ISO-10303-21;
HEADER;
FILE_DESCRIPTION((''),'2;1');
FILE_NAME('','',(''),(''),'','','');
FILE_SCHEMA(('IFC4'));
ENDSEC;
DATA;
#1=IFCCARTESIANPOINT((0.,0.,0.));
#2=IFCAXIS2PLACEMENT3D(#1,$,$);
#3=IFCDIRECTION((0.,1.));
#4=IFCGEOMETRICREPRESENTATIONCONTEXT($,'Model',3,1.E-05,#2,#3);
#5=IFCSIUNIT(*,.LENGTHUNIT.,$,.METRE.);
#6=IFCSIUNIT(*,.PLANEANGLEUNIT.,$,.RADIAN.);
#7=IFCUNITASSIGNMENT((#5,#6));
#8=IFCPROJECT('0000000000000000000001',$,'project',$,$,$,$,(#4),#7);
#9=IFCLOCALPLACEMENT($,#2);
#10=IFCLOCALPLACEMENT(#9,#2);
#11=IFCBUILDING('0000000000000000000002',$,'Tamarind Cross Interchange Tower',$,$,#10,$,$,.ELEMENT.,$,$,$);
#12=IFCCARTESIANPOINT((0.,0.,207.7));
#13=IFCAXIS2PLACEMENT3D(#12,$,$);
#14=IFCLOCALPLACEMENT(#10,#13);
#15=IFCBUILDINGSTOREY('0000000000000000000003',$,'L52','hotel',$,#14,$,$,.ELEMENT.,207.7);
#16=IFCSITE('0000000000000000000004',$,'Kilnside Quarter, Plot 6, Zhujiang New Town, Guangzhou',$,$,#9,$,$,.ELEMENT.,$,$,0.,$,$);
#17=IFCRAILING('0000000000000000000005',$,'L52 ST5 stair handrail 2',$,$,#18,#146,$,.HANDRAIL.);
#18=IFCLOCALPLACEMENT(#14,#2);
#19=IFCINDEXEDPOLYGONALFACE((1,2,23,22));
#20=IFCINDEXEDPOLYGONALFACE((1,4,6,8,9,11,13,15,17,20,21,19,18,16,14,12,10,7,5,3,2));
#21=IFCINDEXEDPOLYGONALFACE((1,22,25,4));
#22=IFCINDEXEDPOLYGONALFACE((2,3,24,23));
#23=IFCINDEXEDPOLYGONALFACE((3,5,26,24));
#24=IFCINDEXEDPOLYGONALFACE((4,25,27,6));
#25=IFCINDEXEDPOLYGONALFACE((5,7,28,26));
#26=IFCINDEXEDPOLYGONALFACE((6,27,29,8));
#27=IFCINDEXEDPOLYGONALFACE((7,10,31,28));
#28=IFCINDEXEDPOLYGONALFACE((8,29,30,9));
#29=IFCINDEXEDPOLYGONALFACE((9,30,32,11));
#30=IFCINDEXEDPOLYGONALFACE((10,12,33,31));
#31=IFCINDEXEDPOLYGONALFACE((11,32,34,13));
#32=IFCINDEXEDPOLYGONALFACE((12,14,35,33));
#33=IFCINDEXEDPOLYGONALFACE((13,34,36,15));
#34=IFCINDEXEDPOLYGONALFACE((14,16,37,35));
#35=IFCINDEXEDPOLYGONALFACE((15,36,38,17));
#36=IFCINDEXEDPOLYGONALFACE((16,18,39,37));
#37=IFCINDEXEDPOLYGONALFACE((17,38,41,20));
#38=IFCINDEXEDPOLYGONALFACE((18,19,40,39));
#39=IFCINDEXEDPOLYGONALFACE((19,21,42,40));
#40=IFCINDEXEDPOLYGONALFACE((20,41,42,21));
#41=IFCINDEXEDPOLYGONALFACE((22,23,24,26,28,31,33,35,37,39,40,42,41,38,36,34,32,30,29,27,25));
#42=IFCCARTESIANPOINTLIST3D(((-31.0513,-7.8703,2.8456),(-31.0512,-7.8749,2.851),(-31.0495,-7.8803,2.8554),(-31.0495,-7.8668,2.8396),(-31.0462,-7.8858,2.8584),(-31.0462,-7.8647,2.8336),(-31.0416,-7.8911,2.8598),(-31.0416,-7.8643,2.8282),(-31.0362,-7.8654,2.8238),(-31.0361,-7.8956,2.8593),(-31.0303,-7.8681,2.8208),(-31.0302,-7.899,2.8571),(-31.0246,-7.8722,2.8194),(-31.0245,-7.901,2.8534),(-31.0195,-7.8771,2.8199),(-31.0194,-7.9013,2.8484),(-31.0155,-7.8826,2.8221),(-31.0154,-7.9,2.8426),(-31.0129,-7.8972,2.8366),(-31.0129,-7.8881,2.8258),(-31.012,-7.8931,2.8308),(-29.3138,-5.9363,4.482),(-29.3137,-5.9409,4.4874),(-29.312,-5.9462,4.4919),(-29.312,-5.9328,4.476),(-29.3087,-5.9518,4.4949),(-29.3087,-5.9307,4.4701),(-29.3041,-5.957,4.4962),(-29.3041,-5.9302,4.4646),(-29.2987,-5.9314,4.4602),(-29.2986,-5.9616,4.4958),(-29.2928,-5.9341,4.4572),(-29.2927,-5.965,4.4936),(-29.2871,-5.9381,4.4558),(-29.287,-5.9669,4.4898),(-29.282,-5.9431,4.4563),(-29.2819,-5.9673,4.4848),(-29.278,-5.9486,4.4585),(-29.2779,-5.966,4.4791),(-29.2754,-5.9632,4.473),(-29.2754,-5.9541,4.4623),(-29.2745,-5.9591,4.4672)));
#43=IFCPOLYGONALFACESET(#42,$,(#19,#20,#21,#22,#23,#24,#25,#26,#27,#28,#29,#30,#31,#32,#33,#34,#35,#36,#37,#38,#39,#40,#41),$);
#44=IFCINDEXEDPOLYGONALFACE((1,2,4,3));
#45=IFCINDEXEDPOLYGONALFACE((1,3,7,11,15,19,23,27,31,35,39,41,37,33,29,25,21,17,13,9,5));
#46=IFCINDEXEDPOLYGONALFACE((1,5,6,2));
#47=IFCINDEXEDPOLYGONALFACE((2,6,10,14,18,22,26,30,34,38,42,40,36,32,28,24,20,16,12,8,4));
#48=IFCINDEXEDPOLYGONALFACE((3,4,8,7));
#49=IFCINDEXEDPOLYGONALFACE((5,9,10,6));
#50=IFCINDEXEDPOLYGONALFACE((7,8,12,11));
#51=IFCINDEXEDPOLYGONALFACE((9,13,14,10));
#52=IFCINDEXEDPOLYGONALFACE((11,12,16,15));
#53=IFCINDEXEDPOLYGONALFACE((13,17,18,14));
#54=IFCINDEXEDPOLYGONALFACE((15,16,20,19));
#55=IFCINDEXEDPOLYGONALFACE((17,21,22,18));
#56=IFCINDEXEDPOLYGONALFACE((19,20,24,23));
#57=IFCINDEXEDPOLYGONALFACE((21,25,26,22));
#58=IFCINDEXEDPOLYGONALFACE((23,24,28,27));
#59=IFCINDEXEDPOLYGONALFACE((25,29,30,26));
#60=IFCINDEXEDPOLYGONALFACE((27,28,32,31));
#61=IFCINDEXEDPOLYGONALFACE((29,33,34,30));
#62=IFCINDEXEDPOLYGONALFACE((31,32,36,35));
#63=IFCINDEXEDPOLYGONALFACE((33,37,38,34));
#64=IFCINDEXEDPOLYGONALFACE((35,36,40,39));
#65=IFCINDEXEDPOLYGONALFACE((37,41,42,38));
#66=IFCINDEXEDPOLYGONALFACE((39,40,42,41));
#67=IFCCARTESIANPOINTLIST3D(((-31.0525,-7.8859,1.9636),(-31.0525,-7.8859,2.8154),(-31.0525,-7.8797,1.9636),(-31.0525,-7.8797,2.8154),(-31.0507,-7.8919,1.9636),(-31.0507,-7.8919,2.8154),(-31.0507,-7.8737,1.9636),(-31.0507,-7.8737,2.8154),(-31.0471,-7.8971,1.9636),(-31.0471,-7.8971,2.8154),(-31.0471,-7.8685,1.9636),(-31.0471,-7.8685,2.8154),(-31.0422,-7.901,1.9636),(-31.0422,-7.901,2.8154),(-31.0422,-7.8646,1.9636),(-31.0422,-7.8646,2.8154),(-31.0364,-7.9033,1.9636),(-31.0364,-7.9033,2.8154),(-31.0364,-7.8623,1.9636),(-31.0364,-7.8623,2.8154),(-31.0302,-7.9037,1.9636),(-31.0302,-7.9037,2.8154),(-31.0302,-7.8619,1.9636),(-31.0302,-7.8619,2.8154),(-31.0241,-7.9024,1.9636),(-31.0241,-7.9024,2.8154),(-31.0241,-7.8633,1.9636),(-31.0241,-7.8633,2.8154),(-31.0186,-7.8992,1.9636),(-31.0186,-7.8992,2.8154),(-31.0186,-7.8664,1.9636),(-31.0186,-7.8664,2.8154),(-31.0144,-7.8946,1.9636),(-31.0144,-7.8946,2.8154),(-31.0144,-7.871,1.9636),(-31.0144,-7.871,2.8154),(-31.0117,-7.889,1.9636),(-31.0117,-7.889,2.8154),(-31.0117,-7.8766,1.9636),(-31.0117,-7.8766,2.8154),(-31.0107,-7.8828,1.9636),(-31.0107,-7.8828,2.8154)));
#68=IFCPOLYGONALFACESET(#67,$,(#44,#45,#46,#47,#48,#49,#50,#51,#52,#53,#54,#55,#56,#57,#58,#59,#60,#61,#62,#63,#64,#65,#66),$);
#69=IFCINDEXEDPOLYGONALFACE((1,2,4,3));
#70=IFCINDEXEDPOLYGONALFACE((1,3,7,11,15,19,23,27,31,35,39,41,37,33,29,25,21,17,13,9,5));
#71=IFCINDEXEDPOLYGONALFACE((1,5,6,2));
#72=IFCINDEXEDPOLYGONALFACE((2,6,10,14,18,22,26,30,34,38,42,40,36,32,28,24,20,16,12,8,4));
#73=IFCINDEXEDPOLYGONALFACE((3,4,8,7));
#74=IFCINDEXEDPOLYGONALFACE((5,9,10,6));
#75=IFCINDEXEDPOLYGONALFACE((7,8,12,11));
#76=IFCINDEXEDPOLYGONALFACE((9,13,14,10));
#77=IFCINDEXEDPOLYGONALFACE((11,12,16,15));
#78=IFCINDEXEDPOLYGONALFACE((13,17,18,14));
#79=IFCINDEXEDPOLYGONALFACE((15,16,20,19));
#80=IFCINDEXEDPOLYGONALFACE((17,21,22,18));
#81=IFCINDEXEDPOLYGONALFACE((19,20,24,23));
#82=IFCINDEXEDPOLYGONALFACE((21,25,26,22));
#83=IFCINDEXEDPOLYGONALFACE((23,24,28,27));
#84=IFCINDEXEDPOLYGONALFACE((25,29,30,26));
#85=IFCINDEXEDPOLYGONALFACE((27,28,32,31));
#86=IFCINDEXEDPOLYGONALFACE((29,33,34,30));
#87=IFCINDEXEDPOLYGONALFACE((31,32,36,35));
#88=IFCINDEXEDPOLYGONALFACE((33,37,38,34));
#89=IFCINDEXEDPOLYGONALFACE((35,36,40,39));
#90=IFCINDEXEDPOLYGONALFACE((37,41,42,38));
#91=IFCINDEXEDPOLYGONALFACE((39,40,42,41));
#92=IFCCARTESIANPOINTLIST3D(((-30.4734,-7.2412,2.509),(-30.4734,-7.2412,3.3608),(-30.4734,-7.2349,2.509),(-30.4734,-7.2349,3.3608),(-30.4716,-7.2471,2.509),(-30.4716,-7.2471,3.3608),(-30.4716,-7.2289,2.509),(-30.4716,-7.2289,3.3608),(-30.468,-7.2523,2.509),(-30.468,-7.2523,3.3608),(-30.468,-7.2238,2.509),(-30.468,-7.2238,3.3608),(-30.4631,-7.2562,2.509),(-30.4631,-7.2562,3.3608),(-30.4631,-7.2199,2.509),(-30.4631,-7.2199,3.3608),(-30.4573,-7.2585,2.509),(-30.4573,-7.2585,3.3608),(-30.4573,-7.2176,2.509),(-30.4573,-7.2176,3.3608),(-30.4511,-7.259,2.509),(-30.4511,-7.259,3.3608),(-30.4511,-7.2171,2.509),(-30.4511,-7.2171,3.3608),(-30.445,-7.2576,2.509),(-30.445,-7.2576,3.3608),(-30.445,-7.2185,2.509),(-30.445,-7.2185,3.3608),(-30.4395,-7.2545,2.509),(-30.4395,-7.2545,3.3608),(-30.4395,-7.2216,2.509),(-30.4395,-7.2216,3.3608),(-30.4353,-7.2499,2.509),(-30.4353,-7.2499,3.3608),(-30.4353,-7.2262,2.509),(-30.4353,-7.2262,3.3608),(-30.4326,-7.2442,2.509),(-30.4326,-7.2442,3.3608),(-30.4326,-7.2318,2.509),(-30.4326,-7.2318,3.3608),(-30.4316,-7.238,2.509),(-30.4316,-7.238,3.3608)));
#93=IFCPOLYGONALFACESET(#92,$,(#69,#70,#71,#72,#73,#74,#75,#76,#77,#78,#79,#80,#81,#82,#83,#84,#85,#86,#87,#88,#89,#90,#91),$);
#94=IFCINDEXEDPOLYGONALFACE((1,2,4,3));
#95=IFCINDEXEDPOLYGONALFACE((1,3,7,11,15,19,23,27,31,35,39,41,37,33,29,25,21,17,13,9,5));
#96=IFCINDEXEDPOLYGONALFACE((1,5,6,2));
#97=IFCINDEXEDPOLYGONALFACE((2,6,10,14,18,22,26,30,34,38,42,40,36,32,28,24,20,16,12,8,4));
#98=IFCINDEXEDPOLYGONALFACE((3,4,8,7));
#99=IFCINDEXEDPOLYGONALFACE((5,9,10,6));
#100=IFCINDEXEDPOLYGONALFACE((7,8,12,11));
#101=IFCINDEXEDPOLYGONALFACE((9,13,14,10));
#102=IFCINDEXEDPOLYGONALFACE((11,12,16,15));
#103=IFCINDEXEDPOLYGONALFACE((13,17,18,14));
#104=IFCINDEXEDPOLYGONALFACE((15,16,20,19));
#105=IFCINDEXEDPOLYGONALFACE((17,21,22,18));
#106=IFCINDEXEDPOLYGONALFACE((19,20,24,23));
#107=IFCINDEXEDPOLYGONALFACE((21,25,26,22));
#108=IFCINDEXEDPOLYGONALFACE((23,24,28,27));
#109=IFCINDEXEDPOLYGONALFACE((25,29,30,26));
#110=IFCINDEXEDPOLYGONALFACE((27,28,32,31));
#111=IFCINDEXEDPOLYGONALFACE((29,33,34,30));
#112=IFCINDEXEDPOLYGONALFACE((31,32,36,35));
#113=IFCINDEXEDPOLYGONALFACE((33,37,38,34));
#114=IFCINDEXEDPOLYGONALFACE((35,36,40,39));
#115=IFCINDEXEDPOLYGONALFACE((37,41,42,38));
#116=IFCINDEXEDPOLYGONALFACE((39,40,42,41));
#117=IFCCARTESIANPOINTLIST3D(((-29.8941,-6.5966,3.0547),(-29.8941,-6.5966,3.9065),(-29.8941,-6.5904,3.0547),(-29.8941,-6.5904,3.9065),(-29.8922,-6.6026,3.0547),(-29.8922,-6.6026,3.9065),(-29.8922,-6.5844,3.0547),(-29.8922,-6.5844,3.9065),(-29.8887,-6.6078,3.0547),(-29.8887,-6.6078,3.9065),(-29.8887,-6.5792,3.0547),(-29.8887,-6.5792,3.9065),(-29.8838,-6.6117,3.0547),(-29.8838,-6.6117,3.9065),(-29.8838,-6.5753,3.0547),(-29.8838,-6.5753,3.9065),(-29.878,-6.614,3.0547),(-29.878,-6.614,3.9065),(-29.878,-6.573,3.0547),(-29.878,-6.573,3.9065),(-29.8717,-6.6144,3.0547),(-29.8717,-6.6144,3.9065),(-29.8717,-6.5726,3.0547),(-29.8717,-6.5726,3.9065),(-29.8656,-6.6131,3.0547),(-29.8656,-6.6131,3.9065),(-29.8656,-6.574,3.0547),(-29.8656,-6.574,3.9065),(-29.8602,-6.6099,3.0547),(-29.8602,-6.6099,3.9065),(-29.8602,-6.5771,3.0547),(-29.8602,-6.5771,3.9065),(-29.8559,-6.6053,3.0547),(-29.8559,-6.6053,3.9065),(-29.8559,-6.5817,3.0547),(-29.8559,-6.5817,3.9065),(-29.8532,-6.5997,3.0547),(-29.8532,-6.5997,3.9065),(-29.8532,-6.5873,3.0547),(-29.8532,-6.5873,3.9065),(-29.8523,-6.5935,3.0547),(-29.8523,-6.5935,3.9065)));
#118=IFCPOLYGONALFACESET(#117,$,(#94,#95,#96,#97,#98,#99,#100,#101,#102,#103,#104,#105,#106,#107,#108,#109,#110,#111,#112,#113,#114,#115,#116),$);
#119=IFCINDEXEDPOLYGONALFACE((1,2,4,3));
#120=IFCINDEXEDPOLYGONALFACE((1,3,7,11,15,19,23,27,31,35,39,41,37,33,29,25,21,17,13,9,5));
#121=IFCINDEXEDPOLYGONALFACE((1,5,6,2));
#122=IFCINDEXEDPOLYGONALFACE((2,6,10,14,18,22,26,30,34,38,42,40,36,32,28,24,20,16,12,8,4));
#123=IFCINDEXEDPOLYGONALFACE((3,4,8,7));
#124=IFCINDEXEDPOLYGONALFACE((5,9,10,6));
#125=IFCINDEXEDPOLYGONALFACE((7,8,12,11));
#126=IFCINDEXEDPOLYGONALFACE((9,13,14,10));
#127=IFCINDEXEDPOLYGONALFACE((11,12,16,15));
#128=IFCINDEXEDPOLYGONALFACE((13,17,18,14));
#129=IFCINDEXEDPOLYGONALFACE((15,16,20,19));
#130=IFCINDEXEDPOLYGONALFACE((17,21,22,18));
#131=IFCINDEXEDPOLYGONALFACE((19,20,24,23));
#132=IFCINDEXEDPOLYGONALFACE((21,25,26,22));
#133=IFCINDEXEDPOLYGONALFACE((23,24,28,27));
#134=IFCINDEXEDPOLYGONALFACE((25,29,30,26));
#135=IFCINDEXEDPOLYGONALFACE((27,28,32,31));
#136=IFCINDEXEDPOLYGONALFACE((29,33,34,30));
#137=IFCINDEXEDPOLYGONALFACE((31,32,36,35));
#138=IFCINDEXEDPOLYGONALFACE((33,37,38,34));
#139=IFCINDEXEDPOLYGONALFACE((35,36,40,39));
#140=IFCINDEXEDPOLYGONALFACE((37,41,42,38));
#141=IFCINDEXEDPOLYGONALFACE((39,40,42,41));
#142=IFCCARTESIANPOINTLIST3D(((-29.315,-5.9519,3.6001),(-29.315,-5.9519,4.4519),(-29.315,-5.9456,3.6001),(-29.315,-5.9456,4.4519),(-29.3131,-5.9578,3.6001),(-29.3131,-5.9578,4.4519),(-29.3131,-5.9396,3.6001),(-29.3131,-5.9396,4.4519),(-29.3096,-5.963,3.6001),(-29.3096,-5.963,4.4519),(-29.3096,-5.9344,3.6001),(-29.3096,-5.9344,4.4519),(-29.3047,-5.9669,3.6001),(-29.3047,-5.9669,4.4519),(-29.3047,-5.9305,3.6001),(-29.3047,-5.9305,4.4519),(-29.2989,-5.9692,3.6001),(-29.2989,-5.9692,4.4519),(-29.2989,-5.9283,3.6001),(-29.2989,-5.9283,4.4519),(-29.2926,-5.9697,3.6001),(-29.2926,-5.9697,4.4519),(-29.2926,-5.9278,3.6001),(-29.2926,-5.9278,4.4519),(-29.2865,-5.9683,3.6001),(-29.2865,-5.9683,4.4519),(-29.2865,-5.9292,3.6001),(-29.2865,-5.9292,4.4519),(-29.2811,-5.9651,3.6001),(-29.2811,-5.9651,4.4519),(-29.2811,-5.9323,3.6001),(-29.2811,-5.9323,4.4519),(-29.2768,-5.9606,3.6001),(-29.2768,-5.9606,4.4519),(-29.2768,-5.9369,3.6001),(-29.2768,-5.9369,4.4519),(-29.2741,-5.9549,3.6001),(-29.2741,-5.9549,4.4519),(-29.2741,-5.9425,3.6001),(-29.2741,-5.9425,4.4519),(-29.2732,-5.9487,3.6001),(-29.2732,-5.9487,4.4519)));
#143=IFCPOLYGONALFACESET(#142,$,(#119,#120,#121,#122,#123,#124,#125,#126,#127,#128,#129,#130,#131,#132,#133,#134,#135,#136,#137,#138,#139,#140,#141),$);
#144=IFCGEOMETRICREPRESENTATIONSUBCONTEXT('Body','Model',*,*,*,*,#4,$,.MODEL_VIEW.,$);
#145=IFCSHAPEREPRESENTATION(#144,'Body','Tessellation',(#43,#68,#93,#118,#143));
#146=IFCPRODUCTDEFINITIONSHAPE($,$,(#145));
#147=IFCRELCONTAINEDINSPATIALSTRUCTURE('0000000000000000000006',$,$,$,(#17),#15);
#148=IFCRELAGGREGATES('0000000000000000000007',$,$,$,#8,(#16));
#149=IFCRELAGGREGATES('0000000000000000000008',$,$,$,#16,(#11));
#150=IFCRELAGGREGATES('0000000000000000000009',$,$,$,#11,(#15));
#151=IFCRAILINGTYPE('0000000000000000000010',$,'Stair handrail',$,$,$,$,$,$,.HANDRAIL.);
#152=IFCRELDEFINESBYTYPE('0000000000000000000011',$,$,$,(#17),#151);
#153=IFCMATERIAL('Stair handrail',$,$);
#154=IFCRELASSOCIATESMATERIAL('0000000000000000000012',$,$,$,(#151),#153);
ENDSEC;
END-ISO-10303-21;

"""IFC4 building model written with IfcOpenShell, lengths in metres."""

from ifc_helpers import new_model, si_unit, direction, frame, origin, origin_2d, place, context, subcontext, project, spatial, circle, extrude, material, type_object, element, save


model = new_model("IFC4")

# Units and contexts
model_context = context("Model", 3, precision=1e-05, world=origin(), true_north=direction((0.0, 1.0)))
body_context = subcontext(model_context, "Body", "Model", "MODEL_VIEW")
ifc_project = project(units=[si_unit("LENGTHUNIT", "METRE"), si_unit("PLANEANGLEUNIT", "RADIAN")], contexts=[model_context])

# Site, building, storey
site_placement = place(None, origin())
site = spatial("IfcSite", under=ifc_project, at=site_placement, Name="Kilnside Quarter, Plot 6, Zhujiang New Town, Guangzhou", CompositionType="ELEMENT", RefElevation=0.0)
building_placement = place(site_placement, origin())
building = spatial("IfcBuilding", under=site, at=building_placement, Name="Tamarind Cross Interchange Tower", CompositionType="ELEMENT")
storey_placement = place(building_placement, frame((0.0, 0.0, 207.7)))
storey = spatial("IfcBuildingStorey", under=building, at=storey_placement, Name="L52", Description="hotel", CompositionType="ELEMENT", Elevation=207.7)

# Railing
ifc_material_1 = material(Name="Stair handrail")
railing_type = type_object("IfcRailingType", Name="Stair handrail", PredefinedType="HANDRAIL", material=ifc_material_1)
railing_placement = place(storey_placement, frame((-31.0317, -7.8828, 1.9636)))
element("IfcRailing", 1, at=railing_placement, inside=storey, type_object=railing_type, Name="L52 ST5 stair handrail 2", PredefinedType="HANDRAIL", context=body_context, shape_type="SweptSolid", body=[
    extrude(circle(Radius=0.0239, at=origin_2d()), frame((0.0, 0.0, 0.876), z_axis=(0.56559, 0.629564, 0.532689), x_axis=(-0.743892, 0.6683, 0.0)), (0.0, 0.0, 1.0), 3.072),
    extrude(circle(Radius=0.021, at=origin_2d()), origin(), (0.0, 0.0, 1.0), 0.8518),
    extrude(circle(Radius=0.021, at=origin_2d()), frame((0.5791, 0.6448, 0.5454)), (0.0, 0.0, 1.0), 0.8518),
    extrude(circle(Radius=0.021, at=origin_2d()), frame((1.1584, 1.2893, 1.0911)), (0.0, 0.0, 1.0), 0.8518),
    extrude(circle(Radius=0.021, at=origin_2d()), frame((1.7375, 1.9341, 1.6365)), (0.0, 0.0, 1.0), 0.8518),
])

save(model, "model.ifc")
